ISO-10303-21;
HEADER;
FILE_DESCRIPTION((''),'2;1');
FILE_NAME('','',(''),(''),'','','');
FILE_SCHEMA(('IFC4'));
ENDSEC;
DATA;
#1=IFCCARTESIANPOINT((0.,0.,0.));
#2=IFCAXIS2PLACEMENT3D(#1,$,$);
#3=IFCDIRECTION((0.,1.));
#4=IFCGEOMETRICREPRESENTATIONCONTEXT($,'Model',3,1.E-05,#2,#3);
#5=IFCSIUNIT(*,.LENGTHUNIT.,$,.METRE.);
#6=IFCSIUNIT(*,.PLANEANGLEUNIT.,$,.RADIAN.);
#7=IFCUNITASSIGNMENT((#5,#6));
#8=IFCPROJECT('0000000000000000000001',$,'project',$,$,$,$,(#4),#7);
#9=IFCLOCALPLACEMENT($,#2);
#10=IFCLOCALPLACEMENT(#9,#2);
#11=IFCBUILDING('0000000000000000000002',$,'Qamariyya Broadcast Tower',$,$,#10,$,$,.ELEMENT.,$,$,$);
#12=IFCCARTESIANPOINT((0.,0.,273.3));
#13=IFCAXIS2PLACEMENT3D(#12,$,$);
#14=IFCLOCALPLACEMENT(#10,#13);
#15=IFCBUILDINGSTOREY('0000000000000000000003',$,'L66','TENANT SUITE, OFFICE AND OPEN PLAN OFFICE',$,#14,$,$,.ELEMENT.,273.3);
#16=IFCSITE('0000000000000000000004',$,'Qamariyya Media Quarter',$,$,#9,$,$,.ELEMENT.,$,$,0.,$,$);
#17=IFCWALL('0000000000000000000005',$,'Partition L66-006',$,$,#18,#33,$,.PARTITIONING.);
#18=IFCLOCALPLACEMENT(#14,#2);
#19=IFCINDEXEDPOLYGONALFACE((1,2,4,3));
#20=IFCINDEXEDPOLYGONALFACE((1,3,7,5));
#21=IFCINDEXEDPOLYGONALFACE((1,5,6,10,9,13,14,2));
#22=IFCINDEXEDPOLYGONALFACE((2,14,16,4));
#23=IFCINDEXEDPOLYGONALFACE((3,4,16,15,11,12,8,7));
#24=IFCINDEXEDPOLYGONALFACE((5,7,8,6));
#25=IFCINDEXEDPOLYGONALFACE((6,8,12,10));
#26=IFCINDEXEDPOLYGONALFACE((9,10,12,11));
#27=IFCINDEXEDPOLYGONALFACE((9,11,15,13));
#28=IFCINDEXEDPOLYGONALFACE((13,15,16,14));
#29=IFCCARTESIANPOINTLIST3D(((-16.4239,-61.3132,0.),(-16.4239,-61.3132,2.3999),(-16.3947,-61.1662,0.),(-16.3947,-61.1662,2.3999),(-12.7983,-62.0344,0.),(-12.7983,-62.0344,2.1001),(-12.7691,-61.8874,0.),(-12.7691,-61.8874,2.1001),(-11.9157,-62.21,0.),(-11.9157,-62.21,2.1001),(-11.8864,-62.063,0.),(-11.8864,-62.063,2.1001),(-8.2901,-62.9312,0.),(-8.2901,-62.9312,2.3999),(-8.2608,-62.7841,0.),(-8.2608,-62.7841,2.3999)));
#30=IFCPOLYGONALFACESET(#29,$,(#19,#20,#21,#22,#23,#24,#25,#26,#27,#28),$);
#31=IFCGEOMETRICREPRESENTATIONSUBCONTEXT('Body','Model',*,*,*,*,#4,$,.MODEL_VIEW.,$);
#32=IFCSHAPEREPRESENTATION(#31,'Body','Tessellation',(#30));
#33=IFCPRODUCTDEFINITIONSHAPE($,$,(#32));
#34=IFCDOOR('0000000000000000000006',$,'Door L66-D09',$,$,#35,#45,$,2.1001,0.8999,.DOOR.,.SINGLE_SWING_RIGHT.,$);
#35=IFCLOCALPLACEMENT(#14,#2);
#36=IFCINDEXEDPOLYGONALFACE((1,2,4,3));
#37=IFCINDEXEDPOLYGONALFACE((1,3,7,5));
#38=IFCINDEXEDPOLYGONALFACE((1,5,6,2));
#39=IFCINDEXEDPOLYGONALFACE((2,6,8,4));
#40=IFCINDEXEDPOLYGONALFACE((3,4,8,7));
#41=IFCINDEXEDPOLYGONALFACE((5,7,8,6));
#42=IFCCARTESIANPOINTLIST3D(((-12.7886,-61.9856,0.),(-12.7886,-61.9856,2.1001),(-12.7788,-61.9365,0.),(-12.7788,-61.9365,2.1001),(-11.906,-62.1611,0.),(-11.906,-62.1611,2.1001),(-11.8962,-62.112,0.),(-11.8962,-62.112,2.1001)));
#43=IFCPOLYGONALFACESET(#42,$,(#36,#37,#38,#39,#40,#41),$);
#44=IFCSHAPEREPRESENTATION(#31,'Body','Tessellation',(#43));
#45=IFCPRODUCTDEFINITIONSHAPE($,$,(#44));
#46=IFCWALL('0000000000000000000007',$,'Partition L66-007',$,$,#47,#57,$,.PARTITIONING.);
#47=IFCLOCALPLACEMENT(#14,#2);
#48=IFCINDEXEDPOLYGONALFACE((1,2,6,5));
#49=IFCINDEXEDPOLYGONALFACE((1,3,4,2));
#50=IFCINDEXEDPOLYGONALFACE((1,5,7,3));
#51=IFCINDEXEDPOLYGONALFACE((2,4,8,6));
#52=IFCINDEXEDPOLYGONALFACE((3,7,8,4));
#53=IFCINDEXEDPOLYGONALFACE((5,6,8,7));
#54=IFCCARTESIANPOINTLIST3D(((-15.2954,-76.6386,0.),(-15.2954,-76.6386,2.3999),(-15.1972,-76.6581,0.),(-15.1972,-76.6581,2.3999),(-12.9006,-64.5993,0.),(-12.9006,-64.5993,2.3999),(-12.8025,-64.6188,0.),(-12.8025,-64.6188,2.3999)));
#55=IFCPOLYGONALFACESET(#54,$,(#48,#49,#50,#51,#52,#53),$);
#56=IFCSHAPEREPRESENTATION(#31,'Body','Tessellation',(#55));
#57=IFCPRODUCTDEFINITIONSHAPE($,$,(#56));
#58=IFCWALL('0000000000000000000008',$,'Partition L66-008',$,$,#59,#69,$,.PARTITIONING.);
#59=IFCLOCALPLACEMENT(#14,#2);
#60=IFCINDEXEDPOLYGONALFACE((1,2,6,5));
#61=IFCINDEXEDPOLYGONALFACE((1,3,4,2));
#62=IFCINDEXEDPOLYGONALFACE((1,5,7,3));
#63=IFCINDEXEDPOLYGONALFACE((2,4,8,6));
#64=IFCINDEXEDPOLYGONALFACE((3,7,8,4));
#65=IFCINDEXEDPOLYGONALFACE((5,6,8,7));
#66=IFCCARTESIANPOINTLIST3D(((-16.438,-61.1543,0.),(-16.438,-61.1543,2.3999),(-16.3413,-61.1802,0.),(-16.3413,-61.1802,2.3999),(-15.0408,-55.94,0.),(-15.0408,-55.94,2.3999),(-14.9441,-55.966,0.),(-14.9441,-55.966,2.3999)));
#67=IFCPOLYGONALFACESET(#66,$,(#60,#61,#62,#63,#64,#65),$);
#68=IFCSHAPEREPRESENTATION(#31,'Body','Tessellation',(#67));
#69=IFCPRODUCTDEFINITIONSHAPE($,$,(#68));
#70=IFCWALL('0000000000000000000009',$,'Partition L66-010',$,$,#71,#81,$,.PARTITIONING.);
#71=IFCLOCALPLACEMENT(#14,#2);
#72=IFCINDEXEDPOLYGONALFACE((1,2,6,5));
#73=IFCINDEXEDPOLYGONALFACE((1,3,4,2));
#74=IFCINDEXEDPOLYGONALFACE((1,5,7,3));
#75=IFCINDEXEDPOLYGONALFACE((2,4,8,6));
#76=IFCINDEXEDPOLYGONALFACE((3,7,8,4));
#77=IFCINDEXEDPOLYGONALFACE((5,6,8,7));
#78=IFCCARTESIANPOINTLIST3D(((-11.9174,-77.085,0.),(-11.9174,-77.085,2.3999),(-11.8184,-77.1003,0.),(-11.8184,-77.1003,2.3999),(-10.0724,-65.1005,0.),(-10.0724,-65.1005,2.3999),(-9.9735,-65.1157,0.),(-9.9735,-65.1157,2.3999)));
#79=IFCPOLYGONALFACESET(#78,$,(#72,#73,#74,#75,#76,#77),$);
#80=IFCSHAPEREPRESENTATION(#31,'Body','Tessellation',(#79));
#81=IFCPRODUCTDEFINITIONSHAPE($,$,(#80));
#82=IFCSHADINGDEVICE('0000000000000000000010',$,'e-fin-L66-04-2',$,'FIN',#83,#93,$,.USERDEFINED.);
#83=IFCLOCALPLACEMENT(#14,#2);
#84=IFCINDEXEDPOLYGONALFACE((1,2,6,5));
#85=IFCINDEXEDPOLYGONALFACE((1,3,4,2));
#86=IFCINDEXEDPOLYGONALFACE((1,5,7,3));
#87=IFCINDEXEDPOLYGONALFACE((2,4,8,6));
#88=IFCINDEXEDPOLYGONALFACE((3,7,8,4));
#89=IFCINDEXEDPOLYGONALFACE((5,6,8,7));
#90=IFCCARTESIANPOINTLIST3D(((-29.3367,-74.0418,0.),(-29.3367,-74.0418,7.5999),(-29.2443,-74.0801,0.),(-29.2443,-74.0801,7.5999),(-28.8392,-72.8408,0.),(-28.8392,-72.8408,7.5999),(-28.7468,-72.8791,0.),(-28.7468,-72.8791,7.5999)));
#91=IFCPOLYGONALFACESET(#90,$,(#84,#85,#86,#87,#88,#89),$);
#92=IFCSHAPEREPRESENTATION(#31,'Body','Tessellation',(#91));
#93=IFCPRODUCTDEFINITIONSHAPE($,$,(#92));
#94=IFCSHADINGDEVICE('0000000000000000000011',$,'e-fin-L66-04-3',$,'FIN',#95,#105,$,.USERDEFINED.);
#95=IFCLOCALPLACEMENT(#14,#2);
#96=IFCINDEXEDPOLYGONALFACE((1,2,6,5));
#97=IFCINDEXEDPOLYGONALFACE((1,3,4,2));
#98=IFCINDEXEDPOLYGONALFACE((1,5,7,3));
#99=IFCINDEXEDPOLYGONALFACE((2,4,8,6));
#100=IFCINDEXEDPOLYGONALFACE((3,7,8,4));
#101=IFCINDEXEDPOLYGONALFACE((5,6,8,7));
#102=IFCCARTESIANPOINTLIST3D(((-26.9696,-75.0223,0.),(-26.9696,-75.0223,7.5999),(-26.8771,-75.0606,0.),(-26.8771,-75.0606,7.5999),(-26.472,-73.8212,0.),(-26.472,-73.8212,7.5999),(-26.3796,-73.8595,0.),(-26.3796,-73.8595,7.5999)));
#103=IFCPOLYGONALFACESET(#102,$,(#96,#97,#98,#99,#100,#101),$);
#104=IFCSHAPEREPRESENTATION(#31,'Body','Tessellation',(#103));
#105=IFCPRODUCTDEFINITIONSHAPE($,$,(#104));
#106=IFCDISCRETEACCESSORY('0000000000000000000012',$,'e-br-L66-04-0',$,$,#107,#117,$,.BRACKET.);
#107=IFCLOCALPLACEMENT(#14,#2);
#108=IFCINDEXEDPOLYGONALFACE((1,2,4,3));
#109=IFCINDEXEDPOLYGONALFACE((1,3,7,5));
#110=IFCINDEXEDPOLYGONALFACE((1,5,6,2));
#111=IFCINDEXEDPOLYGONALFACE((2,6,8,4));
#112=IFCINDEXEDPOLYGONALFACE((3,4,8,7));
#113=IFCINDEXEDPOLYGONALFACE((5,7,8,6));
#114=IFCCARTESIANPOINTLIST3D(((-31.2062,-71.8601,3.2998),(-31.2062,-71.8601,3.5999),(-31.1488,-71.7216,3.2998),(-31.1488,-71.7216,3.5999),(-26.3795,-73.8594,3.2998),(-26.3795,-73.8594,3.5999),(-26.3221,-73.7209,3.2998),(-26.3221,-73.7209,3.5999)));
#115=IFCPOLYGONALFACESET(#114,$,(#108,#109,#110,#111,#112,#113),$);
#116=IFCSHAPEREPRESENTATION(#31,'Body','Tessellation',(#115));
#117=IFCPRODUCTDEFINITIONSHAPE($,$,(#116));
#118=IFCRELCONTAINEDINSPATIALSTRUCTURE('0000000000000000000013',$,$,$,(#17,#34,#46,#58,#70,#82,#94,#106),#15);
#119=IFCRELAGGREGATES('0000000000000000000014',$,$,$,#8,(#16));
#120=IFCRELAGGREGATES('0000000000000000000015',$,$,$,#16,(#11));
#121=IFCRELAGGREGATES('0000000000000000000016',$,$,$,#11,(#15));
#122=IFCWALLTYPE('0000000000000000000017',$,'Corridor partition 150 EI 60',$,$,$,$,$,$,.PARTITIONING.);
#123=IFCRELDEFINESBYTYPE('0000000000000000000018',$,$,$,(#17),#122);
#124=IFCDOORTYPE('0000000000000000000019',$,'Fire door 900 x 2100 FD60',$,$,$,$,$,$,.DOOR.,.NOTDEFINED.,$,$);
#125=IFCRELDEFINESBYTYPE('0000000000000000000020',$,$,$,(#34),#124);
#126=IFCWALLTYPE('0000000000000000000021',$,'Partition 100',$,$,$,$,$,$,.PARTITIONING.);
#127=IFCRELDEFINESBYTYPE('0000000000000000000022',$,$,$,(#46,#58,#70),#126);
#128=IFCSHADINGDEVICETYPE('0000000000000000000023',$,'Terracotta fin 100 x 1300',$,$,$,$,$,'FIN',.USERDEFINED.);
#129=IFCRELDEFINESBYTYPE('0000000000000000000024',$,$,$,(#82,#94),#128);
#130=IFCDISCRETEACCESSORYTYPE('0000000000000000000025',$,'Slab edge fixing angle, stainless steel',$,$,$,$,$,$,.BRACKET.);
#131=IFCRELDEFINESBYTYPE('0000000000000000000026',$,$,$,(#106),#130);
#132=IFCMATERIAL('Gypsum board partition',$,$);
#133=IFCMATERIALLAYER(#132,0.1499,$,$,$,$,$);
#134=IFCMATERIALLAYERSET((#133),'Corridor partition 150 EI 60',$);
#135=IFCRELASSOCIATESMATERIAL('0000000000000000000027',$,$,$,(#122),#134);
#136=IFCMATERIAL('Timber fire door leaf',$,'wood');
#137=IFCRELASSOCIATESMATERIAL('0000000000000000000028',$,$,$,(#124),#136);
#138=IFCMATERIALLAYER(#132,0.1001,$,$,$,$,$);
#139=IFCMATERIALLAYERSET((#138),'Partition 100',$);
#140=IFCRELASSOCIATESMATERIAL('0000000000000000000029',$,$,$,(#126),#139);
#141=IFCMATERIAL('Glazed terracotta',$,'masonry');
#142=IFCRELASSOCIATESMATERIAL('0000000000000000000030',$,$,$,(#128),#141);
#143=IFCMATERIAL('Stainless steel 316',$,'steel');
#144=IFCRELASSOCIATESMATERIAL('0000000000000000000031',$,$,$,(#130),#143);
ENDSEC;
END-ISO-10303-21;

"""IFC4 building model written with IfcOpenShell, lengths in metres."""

from ifc_helpers import new_model, si_unit, direction, frame, frame_2d, origin, origin_2d, place, context, subcontext, project, spatial, rectangle, extrude, material, layer, layer_set, material_profile, profile_set, type_object, element, fill, save


model = new_model("IFC4")

# Units and contexts
model_context = context("Model", 3, precision=1e-05, world=origin(), true_north=direction((0.0, 1.0)))
body_context = subcontext(model_context, "Body", "Model", "MODEL_VIEW")
ifc_project = project(units=[si_unit("LENGTHUNIT", "METRE"), si_unit("PLANEANGLEUNIT", "RADIAN")], contexts=[model_context])

# Site, building, storey
site_placement = place(None, origin())
site = spatial("IfcSite", under=ifc_project, at=site_placement, Name="Qamariyya Media Quarter", CompositionType="ELEMENT", RefElevation=0.0)
building_placement = place(site_placement, origin())
building = spatial("IfcBuilding", under=site, at=building_placement, Name="Qamariyya Broadcast Tower", CompositionType="ELEMENT")
storey_placement = place(building_placement, frame((0.0, 0.0, 273.3)))
storey = spatial("IfcBuildingStorey", under=building, at=storey_placement, Name="L66", Description="TENANT SUITE, OFFICE AND OPEN PLAN OFFICE", CompositionType="ELEMENT", Elevation=273.3)

# Shared definitions
ifc_material_1 = material(Name="Gypsum board partition")
ifc_layer_1 = layer(ifc_material_1, 0.1499)
ifc_layer_set_1 = layer_set([ifc_layer_1], Name="Corridor partition 150 EI 60")
wall_type_1 = type_object("IfcWallType", Name="Corridor partition 150 EI 60", PredefinedType="PARTITIONING", material=ifc_layer_set_1)

# Wall, opening, door
ifc_material_2 = material(Name="Timber fire door leaf", Category="wood")
door_type_1 = type_object("IfcDoorType", Name="Fire door 900 x 2100 FD60", OperationType="NOTDEFINED", PredefinedType="DOOR", material=ifc_material_2)
wall_1_placement = place(storey_placement, frame((-16.4092, -61.2397, 0.0), z_axis=(0.0, 0.0, 1.0), x_axis=(0.980785, -0.195091, 0.0)))
wall_1 = element("IfcWall", 1, at=wall_1_placement, inside=storey, type_object=wall_type_1, Name="Partition L66-006", PredefinedType="PARTITIONING", context=body_context, shape_type="SweptSolid", body=[
    extrude(rectangle(XDim=8.2932, YDim=0.1499, at=frame_2d((4.1465, 0.0))), origin(), (0.0, 0.0, 1.0), 2.3999),
])
opening_1_placement = place(wall_1_placement, frame((3.6965, 0.0, 0.0)))
opening_1 = element("IfcOpeningElement", 2, at=opening_1_placement, cuts=wall_1, PredefinedType="OPENING", context=body_context, shape_type="SweptSolid", body=[
    extrude(rectangle(XDim=0.8999, YDim=2.1001, at=frame_2d((0.45, 1.05))), frame((0.0, 0.085, 0.0), z_axis=(0.0, -1.0, 0.0), x_axis=(1.0, 0.0, 0.0)), (0.0, 0.0, 1.0), 0.1699),
])
door_1_placement = place(opening_1_placement, origin())
door_1 = element("IfcDoor", 3, at=door_1_placement, inside=storey, type_object=door_type_1, Name="Door L66-D09", OperationType="SINGLE_SWING_RIGHT", OverallHeight=2.1001, OverallWidth=0.8999, PredefinedType="DOOR", context=body_context, shape_type="SweptSolid", body=[
    extrude(rectangle(XDim=0.8999, YDim=2.1001, at=frame_2d((0.45, 1.05))), frame((0.0, 0.0249, 0.0), z_axis=(0.0, -1.0, 0.0), x_axis=(1.0, 0.0, 0.0)), (0.0, 0.0, 1.0), 0.05),
])
fill(opening_1, door_1)

# Walls
ifc_layer_2 = layer(ifc_material_1, 0.1001)
ifc_layer_set_2 = layer_set([ifc_layer_2], Name="Partition 100")
wall_type_2 = type_object("IfcWallType", Name="Partition 100", PredefinedType="PARTITIONING", material=ifc_layer_set_2)
wall_2_placement = place(storey_placement, frame((-15.2463, -76.6484, 0.0), z_axis=(0.0, 0.0, 1.0), x_axis=(0.195091, 0.980785, 0.0)))
element("IfcWall", 4, at=wall_2_placement, inside=storey, type_object=wall_type_2, Name="Partition L66-007", PredefinedType="PARTITIONING", context=body_context, shape_type="SweptSolid", body=[
    extrude(rectangle(XDim=12.2751, YDim=0.1001, at=frame_2d((6.1377, 0.0))), origin(), (0.0, 0.0, 1.0), 2.3999),
])
wall_3_placement = place(storey_placement, frame((-14.9924, -55.9529, 0.0), z_axis=(0.0, 0.0, 1.0), x_axis=(-0.258825, -0.965924, 0.0)))
element("IfcWall", 5, at=wall_3_placement, inside=storey, type_object=wall_type_2, Name="Partition L66-008", PredefinedType="PARTITIONING", context=body_context, shape_type="SweptSolid", body=[
    extrude(rectangle(XDim=5.3982, YDim=0.1001, at=frame_2d((2.6992, 0.0))), origin(), (0.0, 0.0, 1.0), 2.3999),
])
wall_4_placement = place(storey_placement, frame((-11.8679, -77.0928, 0.0), z_axis=(0.0, 0.0, 1.0), x_axis=(0.152152, 0.988357, 0.0)))
element("IfcWall", 6, at=wall_4_placement, inside=storey, type_object=wall_type_2, Name="Partition L66-010", PredefinedType="PARTITIONING", context=body_context, shape_type="SweptSolid", body=[
    extrude(rectangle(XDim=12.1257, YDim=0.1001, at=frame_2d((6.063, 0.0))), origin(), (0.0, 0.0, 1.0), 2.3999),
])

# Shading devices
ifc_material_3 = material(Name="Glazed terracotta", Category="masonry")
ifc_material_profile_1 = material_profile(ifc_material_3, rectangle(XDim=1.3, YDim=0.1001, at=origin_2d()))
ifc_profile_set_1 = profile_set([ifc_material_profile_1], Name="Glazed terracotta")
shading_device_type = type_object("IfcShadingDeviceType", Name="Terracotta fin 100 x 1300", ElementType="FIN", PredefinedType="USERDEFINED", material=ifc_profile_set_1)
for number, where, z_axis, x_axis, name in (
    (7, (-29.0417, -73.4604, 0.0), (0.0, 0.0, 1.0), (-0.382683, -0.92388, 0.0), "e-fin-L66-04-2"),
    (8, (-26.6746, -74.4409, 0.0), (0.0, 0.0, 1.0), (-0.382683, -0.92388, 0.0), "e-fin-L66-04-3"),
):
    element("IfcShadingDevice", number, at=place(storey_placement, frame(where, z_axis=z_axis, x_axis=x_axis)), inside=storey, type_object=shading_device_type, Name=name, ObjectType="FIN", PredefinedType="USERDEFINED", context=body_context, shape_type="SweptSolid", body=[
        extrude(rectangle(XDim=1.3, YDim=0.1001, at=origin_2d()), origin(), (0.0, 0.0, 1.0), 7.5999),
    ])

# Discrete accessory
ifc_material_4 = material(Name="Stainless steel 316", Category="steel")
discrete_accessory_type = type_object("IfcDiscreteAccessoryType", Name="Slab edge fixing angle, stainless steel", PredefinedType="BRACKET", material=ifc_material_4)
discrete_accessory_placement = place(storey_placement, frame((-28.7642, -72.7905, 3.2998), z_axis=(0.0, 0.0, 1.0), x_axis=(0.92388, -0.382683, 0.0)))
element("IfcDiscreteAccessory", 9, at=discrete_accessory_placement, inside=storey, type_object=discrete_accessory_type, Name="e-br-L66-04-0", PredefinedType="BRACKET", context=body_context, shape_type="SweptSolid", body=[
    extrude(rectangle(XDim=5.2244, YDim=0.1499, at=origin_2d()), origin(), (0.0, 0.0, 1.0), 0.3),
])

save(model, "model.ifc")
